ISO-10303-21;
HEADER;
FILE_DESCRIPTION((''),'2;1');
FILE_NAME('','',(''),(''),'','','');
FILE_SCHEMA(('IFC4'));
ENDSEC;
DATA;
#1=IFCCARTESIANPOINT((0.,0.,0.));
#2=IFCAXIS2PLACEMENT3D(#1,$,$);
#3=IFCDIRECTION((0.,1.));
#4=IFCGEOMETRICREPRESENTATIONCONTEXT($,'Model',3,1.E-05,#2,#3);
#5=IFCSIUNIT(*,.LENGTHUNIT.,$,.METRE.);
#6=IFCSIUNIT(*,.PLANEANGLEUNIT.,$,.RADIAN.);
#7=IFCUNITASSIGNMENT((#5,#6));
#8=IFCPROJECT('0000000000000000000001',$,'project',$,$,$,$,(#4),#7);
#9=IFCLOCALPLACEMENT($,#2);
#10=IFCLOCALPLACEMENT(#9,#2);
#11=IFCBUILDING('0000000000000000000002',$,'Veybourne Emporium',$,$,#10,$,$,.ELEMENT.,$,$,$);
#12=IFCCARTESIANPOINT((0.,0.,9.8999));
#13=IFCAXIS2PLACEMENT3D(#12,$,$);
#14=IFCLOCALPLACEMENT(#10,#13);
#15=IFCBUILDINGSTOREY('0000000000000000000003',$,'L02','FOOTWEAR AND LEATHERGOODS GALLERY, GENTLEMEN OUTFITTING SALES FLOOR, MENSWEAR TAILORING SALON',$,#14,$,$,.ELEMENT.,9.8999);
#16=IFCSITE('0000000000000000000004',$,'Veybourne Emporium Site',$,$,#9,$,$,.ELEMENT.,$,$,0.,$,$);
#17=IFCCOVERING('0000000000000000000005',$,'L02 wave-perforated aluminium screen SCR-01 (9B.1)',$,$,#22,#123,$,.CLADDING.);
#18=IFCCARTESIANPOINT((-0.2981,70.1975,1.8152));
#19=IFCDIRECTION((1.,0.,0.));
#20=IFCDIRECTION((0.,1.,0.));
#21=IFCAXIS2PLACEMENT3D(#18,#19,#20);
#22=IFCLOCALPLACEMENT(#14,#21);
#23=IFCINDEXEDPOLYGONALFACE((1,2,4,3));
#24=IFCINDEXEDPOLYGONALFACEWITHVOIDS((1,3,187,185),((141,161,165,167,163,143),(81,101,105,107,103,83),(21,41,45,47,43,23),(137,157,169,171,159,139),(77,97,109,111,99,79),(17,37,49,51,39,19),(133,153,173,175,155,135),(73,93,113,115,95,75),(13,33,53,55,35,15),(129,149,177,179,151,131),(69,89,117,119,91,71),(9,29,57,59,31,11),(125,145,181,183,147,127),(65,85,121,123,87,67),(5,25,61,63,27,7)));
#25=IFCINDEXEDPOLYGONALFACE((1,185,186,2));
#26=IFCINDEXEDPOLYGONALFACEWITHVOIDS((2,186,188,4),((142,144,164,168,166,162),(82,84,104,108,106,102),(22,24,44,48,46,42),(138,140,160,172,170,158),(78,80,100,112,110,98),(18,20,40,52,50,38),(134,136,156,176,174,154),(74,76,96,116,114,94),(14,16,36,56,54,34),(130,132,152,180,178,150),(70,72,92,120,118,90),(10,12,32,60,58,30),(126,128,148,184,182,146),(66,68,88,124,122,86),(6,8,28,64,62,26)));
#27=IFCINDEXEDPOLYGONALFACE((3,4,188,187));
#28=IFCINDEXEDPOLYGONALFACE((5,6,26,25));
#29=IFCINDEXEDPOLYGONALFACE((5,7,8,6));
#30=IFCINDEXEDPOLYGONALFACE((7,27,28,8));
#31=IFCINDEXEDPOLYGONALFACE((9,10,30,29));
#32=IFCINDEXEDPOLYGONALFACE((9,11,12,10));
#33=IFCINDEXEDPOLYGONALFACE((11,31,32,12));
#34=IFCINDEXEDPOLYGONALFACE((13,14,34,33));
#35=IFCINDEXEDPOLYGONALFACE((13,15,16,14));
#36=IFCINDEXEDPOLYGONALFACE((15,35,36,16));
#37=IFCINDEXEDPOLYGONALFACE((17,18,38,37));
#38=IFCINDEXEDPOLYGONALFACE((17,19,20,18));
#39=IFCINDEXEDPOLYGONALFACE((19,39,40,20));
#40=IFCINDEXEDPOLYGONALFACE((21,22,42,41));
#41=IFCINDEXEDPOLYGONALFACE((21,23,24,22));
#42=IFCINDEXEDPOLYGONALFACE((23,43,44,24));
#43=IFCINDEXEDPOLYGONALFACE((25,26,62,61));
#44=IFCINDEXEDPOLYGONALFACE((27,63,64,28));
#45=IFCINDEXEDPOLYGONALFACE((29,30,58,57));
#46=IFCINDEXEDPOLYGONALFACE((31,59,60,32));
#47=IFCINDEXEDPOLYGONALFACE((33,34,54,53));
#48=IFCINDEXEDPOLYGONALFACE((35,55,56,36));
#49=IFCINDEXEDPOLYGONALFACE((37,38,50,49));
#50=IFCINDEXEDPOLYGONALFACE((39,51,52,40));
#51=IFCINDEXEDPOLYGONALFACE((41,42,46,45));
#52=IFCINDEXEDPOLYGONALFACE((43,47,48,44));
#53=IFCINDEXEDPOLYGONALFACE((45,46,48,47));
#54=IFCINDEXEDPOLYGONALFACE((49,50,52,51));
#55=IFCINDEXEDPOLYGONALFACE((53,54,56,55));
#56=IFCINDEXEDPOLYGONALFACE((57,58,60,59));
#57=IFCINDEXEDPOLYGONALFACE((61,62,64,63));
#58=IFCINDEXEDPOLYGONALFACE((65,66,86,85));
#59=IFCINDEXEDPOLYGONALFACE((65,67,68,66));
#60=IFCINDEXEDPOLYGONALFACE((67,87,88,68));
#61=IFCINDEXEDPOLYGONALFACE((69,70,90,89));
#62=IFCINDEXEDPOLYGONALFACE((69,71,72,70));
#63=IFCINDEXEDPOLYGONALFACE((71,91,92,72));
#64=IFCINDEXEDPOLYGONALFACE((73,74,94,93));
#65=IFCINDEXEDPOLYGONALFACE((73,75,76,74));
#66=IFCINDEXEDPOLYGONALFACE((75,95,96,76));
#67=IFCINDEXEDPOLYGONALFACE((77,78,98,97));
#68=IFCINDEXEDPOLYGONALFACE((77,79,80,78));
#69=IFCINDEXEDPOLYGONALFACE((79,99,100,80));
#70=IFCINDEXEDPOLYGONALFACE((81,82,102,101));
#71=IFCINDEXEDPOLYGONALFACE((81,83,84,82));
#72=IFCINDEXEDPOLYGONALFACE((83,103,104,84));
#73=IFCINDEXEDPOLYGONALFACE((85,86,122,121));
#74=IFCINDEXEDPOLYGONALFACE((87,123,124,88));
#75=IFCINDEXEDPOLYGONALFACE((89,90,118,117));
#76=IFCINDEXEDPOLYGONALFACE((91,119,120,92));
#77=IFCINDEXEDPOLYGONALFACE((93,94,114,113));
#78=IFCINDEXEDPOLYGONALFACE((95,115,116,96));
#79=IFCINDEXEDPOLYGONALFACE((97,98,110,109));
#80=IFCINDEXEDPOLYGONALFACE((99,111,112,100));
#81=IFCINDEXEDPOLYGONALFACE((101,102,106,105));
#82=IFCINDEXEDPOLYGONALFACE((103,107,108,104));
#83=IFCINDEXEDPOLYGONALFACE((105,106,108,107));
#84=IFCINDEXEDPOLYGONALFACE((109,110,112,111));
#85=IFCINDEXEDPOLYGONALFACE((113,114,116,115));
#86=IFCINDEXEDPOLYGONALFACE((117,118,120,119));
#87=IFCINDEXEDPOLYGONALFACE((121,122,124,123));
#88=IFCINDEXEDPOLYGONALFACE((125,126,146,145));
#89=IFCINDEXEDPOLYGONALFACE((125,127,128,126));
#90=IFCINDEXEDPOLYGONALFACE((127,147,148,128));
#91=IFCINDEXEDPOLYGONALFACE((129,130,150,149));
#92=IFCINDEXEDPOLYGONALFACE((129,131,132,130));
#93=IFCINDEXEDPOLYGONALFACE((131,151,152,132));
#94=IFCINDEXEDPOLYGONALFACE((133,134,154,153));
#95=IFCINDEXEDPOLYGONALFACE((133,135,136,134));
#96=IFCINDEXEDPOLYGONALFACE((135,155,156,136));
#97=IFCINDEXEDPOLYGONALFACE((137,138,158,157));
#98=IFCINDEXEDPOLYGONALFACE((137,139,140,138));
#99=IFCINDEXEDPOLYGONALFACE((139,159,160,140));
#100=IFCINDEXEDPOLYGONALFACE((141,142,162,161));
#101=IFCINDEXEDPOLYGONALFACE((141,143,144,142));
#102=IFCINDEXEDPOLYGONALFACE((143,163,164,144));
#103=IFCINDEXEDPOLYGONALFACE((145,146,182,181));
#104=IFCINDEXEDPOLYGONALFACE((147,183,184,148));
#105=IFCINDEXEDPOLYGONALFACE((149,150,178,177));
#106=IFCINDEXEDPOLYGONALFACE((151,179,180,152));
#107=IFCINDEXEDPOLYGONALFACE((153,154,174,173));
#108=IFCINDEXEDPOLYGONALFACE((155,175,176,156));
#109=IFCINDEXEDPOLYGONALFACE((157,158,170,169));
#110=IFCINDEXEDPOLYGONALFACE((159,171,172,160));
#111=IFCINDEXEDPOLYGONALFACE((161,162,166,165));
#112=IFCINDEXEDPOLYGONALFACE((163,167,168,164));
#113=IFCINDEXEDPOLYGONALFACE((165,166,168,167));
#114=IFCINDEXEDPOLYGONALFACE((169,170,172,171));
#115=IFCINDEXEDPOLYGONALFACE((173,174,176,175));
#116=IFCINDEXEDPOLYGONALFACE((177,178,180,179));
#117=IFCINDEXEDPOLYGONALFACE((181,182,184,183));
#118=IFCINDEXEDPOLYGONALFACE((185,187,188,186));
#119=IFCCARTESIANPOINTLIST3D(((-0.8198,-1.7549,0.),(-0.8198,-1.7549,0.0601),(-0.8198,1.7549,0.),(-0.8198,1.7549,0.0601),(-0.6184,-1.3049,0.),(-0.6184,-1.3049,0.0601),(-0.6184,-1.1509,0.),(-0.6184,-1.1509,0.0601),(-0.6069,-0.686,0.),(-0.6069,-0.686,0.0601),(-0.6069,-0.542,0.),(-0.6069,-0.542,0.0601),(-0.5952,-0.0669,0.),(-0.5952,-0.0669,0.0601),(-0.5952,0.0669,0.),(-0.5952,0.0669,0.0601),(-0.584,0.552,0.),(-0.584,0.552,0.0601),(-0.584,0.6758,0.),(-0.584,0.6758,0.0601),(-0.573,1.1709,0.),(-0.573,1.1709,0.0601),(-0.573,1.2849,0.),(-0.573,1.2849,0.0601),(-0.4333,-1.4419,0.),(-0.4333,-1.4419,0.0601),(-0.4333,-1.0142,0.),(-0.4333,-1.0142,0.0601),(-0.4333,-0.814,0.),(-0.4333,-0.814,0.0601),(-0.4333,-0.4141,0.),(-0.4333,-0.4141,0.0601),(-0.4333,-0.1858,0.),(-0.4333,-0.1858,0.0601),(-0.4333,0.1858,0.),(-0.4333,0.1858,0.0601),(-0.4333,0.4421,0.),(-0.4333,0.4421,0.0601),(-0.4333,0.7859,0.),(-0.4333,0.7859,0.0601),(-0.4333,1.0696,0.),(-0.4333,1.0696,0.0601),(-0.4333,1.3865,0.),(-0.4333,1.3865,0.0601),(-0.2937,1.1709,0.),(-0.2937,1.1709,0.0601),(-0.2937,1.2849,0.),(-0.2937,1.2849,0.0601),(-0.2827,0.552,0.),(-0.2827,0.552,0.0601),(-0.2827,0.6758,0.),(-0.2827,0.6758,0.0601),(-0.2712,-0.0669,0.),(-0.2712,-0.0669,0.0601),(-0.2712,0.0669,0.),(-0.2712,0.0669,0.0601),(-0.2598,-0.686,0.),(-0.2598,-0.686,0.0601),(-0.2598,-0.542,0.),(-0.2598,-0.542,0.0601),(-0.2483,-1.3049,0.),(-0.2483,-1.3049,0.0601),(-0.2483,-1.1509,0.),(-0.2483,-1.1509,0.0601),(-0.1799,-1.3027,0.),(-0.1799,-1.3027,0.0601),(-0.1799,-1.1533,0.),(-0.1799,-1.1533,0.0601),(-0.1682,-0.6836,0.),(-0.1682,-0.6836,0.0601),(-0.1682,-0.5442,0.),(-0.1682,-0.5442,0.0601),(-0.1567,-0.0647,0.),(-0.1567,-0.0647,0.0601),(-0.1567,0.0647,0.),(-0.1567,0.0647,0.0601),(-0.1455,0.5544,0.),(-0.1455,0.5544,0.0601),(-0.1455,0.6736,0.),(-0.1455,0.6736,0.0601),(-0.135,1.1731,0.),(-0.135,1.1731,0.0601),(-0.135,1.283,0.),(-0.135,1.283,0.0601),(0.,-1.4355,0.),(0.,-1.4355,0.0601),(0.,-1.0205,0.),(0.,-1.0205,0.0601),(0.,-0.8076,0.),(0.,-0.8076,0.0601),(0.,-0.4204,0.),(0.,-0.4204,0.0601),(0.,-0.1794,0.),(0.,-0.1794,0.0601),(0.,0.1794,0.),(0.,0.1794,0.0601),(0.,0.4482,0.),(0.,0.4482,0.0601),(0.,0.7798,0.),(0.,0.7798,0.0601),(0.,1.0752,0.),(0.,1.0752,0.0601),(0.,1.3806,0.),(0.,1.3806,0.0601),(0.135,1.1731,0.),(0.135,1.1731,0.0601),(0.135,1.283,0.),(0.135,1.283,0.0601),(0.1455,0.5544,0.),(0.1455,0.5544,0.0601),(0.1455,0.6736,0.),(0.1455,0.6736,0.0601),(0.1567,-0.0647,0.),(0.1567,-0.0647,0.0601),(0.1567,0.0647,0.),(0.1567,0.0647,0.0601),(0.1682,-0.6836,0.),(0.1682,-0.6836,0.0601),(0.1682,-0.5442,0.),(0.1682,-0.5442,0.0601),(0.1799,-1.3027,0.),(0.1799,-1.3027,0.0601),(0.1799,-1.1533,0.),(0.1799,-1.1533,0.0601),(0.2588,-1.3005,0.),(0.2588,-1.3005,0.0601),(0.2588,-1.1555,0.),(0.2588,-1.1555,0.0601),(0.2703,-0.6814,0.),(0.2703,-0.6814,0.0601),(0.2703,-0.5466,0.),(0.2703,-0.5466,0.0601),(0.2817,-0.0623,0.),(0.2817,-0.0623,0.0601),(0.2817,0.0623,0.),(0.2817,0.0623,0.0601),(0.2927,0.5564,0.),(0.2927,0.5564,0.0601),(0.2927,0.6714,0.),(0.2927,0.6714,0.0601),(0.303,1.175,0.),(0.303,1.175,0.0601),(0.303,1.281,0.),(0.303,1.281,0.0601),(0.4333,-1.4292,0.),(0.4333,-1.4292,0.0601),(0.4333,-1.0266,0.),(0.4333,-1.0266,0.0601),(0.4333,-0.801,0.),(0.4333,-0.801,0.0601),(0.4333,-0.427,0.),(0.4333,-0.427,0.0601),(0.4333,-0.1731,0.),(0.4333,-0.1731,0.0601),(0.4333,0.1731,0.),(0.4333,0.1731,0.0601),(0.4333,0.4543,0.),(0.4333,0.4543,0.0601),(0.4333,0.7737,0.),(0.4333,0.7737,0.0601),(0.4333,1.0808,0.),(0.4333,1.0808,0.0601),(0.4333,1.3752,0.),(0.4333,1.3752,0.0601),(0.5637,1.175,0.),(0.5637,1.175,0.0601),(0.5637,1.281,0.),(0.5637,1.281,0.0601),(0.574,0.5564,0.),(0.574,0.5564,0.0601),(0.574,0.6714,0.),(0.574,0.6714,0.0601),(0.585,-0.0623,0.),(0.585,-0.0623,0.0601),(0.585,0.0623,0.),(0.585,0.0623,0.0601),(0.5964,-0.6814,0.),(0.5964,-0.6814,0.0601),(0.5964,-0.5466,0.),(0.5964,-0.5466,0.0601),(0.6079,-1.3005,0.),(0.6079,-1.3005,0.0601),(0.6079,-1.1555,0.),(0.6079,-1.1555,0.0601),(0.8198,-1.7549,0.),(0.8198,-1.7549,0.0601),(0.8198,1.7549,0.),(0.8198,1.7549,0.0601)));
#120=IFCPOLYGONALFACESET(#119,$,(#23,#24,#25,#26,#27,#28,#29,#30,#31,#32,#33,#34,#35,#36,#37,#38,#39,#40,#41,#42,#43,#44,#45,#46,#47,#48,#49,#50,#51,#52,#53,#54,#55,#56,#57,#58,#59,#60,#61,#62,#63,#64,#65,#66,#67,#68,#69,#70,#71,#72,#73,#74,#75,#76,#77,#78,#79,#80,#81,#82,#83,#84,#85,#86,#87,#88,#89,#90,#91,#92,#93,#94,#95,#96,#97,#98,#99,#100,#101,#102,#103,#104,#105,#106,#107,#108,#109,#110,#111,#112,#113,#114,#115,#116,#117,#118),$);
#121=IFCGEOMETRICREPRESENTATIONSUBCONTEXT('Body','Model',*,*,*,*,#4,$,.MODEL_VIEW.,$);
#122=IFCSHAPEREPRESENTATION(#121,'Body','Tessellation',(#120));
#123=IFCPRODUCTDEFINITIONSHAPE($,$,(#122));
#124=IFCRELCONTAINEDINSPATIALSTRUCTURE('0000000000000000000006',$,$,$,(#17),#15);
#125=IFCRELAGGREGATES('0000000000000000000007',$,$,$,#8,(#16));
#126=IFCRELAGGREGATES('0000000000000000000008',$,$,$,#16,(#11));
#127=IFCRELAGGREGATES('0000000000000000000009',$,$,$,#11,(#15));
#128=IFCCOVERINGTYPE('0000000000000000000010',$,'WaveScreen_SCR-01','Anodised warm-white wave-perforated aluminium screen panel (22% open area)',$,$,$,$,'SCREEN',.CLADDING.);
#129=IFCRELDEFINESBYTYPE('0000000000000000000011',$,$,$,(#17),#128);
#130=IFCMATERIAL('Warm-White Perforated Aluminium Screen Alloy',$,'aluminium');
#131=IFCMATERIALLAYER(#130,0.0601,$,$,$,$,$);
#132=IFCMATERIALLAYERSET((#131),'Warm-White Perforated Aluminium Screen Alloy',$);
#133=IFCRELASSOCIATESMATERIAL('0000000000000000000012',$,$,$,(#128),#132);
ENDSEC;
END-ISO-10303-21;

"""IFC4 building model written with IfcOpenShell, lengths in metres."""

from ifc_helpers import new_model, si_unit, direction, frame, origin, place, context, subcontext, project, spatial, polyline, outline, extrude, material, layer, layer_set, type_object, element, save


model = new_model("IFC4")

# Units and contexts
model_context = context("Model", 3, precision=1e-05, world=origin(), true_north=direction((0.0, 1.0)))
body_context = subcontext(model_context, "Body", "Model", "MODEL_VIEW")
ifc_project = project(units=[si_unit("LENGTHUNIT", "METRE"), si_unit("PLANEANGLEUNIT", "RADIAN")], contexts=[model_context])

# Site, building, storey
site_placement = place(None, origin())
site = spatial("IfcSite", under=ifc_project, at=site_placement, Name="Veybourne Emporium Site", CompositionType="ELEMENT", RefElevation=0.0)
building_placement = place(site_placement, origin())
building = spatial("IfcBuilding", under=site, at=building_placement, Name="Veybourne Emporium", CompositionType="ELEMENT")
storey_placement = place(building_placement, frame((0.0, 0.0, 9.8999)))
storey = spatial("IfcBuildingStorey", under=building, at=storey_placement, Name="L02", Description="FOOTWEAR AND LEATHERGOODS GALLERY, GENTLEMEN OUTFITTING SALES FLOOR, MENSWEAR TAILORING SALON", CompositionType="ELEMENT", Elevation=9.8999)

# Covering
ifc_material_1 = material(Name="Warm-White Perforated Aluminium Screen Alloy", Category="aluminium")
ifc_layer_1 = layer(ifc_material_1, 0.0601)
ifc_layer_set_1 = layer_set([ifc_layer_1], Name="Warm-White Perforated Aluminium Screen Alloy")
covering_type_1 = type_object("IfcCoveringType", Name="WaveScreen_SCR-01", Description="Anodised warm-white wave-perforated aluminium screen panel (22% open area)", ElementType="SCREEN", PredefinedType="CLADDING", material=ifc_layer_set_1)
covering_1_placement = place(storey_placement, frame((-0.2981, 70.1975, 1.8152), z_axis=(1.0, 0.0, 0.0), x_axis=(0.0, 1.0, 0.0)))
element("IfcCovering", 1, at=covering_1_placement, inside=storey, type_object=covering_type_1, Name="L02 wave-perforated aluminium screen SCR-01 (9B.1)", PredefinedType="CLADDING", context=body_context, shape_type="SweptSolid", body=[
    extrude(outline(polyline([(-0.8198, -1.7549), (0.8198, -1.7549), (0.8198, 1.7549), (-0.8198, 1.7549), (-0.8198, -1.7549)]), holes=[polyline([(-0.4333, -1.0142), (-0.2483, -1.1509), (-0.2483, -1.3049), (-0.4333, -1.4419), (-0.6184, -1.3049), (-0.6184, -1.1509), (-0.4333, -1.0142)]), polyline([(-0.4333, -0.4141), (-0.2598, -0.542), (-0.2598, -0.686), (-0.4333, -0.814), (-0.6069, -0.686), (-0.6069, -0.542), (-0.4333, -0.4141)]), polyline([(-0.4333, 0.1858), (-0.2712, 0.0669), (-0.2712, -0.0669), (-0.4333, -0.1858), (-0.5952, -0.0669), (-0.5952, 0.0669), (-0.4333, 0.1858)]), polyline([(-0.4333, 0.7859), (-0.2827, 0.6758), (-0.2827, 0.552), (-0.4333, 0.4421), (-0.584, 0.552), (-0.584, 0.6758), (-0.4333, 0.7859)]), polyline([(-0.4333, 1.3865), (-0.2937, 1.2849), (-0.2937, 1.1709), (-0.4333, 1.0696), (-0.573, 1.1709), (-0.573, 1.2849), (-0.4333, 1.3865)]), polyline([(0.0, -1.0205), (0.1799, -1.1533), (0.1799, -1.3027), (0.0, -1.4355), (-0.1799, -1.3027), (-0.1799, -1.1533), (0.0, -1.0205)]), polyline([(0.0, -0.4204), (0.1682, -0.5442), (0.1682, -0.6836), (0.0, -0.8076), (-0.1682, -0.6836), (-0.1682, -0.5442), (0.0, -0.4204)]), polyline([(0.0, 0.1794), (0.1567, 0.0647), (0.1567, -0.0647), (0.0, -0.1794), (-0.1567, -0.0647), (-0.1567, 0.0647), (0.0, 0.1794)]), polyline([(0.0, 0.7798), (0.1455, 0.6736), (0.1455, 0.5544), (0.0, 0.4482), (-0.1455, 0.5544), (-0.1455, 0.6736), (0.0, 0.7798)]), polyline([(0.0, 1.3806), (0.135, 1.283), (0.135, 1.1731), (0.0, 1.0752), (-0.135, 1.1731), (-0.135, 1.283), (0.0, 1.3806)]), polyline([(0.4333, -1.0266), (0.6079, -1.1555), (0.6079, -1.3005), (0.4333, -1.4292), (0.2588, -1.3005), (0.2588, -1.1555), (0.4333, -1.0266)]), polyline([(0.4333, -0.427), (0.5964, -0.5466), (0.5964, -0.6814), (0.4333, -0.801), (0.2703, -0.6814), (0.2703, -0.5466), (0.4333, -0.427)]), polyline([(0.4333, 0.1731), (0.585, 0.0623), (0.585, -0.0623), (0.4333, -0.1731), (0.2817, -0.0623), (0.2817, 0.0623), (0.4333, 0.1731)]), polyline([(0.4333, 0.7737), (0.574, 0.6714), (0.574, 0.5564), (0.4333, 0.4543), (0.2927, 0.5564), (0.2927, 0.6714), (0.4333, 0.7737)]), polyline([(0.4333, 1.3752), (0.5637, 1.281), (0.5637, 1.175), (0.4333, 1.0808), (0.303, 1.175), (0.303, 1.281), (0.4333, 1.3752)])]), origin(), (0.0, 0.0, 1.0), 0.0601),
])

save(model, "model.ifc")
